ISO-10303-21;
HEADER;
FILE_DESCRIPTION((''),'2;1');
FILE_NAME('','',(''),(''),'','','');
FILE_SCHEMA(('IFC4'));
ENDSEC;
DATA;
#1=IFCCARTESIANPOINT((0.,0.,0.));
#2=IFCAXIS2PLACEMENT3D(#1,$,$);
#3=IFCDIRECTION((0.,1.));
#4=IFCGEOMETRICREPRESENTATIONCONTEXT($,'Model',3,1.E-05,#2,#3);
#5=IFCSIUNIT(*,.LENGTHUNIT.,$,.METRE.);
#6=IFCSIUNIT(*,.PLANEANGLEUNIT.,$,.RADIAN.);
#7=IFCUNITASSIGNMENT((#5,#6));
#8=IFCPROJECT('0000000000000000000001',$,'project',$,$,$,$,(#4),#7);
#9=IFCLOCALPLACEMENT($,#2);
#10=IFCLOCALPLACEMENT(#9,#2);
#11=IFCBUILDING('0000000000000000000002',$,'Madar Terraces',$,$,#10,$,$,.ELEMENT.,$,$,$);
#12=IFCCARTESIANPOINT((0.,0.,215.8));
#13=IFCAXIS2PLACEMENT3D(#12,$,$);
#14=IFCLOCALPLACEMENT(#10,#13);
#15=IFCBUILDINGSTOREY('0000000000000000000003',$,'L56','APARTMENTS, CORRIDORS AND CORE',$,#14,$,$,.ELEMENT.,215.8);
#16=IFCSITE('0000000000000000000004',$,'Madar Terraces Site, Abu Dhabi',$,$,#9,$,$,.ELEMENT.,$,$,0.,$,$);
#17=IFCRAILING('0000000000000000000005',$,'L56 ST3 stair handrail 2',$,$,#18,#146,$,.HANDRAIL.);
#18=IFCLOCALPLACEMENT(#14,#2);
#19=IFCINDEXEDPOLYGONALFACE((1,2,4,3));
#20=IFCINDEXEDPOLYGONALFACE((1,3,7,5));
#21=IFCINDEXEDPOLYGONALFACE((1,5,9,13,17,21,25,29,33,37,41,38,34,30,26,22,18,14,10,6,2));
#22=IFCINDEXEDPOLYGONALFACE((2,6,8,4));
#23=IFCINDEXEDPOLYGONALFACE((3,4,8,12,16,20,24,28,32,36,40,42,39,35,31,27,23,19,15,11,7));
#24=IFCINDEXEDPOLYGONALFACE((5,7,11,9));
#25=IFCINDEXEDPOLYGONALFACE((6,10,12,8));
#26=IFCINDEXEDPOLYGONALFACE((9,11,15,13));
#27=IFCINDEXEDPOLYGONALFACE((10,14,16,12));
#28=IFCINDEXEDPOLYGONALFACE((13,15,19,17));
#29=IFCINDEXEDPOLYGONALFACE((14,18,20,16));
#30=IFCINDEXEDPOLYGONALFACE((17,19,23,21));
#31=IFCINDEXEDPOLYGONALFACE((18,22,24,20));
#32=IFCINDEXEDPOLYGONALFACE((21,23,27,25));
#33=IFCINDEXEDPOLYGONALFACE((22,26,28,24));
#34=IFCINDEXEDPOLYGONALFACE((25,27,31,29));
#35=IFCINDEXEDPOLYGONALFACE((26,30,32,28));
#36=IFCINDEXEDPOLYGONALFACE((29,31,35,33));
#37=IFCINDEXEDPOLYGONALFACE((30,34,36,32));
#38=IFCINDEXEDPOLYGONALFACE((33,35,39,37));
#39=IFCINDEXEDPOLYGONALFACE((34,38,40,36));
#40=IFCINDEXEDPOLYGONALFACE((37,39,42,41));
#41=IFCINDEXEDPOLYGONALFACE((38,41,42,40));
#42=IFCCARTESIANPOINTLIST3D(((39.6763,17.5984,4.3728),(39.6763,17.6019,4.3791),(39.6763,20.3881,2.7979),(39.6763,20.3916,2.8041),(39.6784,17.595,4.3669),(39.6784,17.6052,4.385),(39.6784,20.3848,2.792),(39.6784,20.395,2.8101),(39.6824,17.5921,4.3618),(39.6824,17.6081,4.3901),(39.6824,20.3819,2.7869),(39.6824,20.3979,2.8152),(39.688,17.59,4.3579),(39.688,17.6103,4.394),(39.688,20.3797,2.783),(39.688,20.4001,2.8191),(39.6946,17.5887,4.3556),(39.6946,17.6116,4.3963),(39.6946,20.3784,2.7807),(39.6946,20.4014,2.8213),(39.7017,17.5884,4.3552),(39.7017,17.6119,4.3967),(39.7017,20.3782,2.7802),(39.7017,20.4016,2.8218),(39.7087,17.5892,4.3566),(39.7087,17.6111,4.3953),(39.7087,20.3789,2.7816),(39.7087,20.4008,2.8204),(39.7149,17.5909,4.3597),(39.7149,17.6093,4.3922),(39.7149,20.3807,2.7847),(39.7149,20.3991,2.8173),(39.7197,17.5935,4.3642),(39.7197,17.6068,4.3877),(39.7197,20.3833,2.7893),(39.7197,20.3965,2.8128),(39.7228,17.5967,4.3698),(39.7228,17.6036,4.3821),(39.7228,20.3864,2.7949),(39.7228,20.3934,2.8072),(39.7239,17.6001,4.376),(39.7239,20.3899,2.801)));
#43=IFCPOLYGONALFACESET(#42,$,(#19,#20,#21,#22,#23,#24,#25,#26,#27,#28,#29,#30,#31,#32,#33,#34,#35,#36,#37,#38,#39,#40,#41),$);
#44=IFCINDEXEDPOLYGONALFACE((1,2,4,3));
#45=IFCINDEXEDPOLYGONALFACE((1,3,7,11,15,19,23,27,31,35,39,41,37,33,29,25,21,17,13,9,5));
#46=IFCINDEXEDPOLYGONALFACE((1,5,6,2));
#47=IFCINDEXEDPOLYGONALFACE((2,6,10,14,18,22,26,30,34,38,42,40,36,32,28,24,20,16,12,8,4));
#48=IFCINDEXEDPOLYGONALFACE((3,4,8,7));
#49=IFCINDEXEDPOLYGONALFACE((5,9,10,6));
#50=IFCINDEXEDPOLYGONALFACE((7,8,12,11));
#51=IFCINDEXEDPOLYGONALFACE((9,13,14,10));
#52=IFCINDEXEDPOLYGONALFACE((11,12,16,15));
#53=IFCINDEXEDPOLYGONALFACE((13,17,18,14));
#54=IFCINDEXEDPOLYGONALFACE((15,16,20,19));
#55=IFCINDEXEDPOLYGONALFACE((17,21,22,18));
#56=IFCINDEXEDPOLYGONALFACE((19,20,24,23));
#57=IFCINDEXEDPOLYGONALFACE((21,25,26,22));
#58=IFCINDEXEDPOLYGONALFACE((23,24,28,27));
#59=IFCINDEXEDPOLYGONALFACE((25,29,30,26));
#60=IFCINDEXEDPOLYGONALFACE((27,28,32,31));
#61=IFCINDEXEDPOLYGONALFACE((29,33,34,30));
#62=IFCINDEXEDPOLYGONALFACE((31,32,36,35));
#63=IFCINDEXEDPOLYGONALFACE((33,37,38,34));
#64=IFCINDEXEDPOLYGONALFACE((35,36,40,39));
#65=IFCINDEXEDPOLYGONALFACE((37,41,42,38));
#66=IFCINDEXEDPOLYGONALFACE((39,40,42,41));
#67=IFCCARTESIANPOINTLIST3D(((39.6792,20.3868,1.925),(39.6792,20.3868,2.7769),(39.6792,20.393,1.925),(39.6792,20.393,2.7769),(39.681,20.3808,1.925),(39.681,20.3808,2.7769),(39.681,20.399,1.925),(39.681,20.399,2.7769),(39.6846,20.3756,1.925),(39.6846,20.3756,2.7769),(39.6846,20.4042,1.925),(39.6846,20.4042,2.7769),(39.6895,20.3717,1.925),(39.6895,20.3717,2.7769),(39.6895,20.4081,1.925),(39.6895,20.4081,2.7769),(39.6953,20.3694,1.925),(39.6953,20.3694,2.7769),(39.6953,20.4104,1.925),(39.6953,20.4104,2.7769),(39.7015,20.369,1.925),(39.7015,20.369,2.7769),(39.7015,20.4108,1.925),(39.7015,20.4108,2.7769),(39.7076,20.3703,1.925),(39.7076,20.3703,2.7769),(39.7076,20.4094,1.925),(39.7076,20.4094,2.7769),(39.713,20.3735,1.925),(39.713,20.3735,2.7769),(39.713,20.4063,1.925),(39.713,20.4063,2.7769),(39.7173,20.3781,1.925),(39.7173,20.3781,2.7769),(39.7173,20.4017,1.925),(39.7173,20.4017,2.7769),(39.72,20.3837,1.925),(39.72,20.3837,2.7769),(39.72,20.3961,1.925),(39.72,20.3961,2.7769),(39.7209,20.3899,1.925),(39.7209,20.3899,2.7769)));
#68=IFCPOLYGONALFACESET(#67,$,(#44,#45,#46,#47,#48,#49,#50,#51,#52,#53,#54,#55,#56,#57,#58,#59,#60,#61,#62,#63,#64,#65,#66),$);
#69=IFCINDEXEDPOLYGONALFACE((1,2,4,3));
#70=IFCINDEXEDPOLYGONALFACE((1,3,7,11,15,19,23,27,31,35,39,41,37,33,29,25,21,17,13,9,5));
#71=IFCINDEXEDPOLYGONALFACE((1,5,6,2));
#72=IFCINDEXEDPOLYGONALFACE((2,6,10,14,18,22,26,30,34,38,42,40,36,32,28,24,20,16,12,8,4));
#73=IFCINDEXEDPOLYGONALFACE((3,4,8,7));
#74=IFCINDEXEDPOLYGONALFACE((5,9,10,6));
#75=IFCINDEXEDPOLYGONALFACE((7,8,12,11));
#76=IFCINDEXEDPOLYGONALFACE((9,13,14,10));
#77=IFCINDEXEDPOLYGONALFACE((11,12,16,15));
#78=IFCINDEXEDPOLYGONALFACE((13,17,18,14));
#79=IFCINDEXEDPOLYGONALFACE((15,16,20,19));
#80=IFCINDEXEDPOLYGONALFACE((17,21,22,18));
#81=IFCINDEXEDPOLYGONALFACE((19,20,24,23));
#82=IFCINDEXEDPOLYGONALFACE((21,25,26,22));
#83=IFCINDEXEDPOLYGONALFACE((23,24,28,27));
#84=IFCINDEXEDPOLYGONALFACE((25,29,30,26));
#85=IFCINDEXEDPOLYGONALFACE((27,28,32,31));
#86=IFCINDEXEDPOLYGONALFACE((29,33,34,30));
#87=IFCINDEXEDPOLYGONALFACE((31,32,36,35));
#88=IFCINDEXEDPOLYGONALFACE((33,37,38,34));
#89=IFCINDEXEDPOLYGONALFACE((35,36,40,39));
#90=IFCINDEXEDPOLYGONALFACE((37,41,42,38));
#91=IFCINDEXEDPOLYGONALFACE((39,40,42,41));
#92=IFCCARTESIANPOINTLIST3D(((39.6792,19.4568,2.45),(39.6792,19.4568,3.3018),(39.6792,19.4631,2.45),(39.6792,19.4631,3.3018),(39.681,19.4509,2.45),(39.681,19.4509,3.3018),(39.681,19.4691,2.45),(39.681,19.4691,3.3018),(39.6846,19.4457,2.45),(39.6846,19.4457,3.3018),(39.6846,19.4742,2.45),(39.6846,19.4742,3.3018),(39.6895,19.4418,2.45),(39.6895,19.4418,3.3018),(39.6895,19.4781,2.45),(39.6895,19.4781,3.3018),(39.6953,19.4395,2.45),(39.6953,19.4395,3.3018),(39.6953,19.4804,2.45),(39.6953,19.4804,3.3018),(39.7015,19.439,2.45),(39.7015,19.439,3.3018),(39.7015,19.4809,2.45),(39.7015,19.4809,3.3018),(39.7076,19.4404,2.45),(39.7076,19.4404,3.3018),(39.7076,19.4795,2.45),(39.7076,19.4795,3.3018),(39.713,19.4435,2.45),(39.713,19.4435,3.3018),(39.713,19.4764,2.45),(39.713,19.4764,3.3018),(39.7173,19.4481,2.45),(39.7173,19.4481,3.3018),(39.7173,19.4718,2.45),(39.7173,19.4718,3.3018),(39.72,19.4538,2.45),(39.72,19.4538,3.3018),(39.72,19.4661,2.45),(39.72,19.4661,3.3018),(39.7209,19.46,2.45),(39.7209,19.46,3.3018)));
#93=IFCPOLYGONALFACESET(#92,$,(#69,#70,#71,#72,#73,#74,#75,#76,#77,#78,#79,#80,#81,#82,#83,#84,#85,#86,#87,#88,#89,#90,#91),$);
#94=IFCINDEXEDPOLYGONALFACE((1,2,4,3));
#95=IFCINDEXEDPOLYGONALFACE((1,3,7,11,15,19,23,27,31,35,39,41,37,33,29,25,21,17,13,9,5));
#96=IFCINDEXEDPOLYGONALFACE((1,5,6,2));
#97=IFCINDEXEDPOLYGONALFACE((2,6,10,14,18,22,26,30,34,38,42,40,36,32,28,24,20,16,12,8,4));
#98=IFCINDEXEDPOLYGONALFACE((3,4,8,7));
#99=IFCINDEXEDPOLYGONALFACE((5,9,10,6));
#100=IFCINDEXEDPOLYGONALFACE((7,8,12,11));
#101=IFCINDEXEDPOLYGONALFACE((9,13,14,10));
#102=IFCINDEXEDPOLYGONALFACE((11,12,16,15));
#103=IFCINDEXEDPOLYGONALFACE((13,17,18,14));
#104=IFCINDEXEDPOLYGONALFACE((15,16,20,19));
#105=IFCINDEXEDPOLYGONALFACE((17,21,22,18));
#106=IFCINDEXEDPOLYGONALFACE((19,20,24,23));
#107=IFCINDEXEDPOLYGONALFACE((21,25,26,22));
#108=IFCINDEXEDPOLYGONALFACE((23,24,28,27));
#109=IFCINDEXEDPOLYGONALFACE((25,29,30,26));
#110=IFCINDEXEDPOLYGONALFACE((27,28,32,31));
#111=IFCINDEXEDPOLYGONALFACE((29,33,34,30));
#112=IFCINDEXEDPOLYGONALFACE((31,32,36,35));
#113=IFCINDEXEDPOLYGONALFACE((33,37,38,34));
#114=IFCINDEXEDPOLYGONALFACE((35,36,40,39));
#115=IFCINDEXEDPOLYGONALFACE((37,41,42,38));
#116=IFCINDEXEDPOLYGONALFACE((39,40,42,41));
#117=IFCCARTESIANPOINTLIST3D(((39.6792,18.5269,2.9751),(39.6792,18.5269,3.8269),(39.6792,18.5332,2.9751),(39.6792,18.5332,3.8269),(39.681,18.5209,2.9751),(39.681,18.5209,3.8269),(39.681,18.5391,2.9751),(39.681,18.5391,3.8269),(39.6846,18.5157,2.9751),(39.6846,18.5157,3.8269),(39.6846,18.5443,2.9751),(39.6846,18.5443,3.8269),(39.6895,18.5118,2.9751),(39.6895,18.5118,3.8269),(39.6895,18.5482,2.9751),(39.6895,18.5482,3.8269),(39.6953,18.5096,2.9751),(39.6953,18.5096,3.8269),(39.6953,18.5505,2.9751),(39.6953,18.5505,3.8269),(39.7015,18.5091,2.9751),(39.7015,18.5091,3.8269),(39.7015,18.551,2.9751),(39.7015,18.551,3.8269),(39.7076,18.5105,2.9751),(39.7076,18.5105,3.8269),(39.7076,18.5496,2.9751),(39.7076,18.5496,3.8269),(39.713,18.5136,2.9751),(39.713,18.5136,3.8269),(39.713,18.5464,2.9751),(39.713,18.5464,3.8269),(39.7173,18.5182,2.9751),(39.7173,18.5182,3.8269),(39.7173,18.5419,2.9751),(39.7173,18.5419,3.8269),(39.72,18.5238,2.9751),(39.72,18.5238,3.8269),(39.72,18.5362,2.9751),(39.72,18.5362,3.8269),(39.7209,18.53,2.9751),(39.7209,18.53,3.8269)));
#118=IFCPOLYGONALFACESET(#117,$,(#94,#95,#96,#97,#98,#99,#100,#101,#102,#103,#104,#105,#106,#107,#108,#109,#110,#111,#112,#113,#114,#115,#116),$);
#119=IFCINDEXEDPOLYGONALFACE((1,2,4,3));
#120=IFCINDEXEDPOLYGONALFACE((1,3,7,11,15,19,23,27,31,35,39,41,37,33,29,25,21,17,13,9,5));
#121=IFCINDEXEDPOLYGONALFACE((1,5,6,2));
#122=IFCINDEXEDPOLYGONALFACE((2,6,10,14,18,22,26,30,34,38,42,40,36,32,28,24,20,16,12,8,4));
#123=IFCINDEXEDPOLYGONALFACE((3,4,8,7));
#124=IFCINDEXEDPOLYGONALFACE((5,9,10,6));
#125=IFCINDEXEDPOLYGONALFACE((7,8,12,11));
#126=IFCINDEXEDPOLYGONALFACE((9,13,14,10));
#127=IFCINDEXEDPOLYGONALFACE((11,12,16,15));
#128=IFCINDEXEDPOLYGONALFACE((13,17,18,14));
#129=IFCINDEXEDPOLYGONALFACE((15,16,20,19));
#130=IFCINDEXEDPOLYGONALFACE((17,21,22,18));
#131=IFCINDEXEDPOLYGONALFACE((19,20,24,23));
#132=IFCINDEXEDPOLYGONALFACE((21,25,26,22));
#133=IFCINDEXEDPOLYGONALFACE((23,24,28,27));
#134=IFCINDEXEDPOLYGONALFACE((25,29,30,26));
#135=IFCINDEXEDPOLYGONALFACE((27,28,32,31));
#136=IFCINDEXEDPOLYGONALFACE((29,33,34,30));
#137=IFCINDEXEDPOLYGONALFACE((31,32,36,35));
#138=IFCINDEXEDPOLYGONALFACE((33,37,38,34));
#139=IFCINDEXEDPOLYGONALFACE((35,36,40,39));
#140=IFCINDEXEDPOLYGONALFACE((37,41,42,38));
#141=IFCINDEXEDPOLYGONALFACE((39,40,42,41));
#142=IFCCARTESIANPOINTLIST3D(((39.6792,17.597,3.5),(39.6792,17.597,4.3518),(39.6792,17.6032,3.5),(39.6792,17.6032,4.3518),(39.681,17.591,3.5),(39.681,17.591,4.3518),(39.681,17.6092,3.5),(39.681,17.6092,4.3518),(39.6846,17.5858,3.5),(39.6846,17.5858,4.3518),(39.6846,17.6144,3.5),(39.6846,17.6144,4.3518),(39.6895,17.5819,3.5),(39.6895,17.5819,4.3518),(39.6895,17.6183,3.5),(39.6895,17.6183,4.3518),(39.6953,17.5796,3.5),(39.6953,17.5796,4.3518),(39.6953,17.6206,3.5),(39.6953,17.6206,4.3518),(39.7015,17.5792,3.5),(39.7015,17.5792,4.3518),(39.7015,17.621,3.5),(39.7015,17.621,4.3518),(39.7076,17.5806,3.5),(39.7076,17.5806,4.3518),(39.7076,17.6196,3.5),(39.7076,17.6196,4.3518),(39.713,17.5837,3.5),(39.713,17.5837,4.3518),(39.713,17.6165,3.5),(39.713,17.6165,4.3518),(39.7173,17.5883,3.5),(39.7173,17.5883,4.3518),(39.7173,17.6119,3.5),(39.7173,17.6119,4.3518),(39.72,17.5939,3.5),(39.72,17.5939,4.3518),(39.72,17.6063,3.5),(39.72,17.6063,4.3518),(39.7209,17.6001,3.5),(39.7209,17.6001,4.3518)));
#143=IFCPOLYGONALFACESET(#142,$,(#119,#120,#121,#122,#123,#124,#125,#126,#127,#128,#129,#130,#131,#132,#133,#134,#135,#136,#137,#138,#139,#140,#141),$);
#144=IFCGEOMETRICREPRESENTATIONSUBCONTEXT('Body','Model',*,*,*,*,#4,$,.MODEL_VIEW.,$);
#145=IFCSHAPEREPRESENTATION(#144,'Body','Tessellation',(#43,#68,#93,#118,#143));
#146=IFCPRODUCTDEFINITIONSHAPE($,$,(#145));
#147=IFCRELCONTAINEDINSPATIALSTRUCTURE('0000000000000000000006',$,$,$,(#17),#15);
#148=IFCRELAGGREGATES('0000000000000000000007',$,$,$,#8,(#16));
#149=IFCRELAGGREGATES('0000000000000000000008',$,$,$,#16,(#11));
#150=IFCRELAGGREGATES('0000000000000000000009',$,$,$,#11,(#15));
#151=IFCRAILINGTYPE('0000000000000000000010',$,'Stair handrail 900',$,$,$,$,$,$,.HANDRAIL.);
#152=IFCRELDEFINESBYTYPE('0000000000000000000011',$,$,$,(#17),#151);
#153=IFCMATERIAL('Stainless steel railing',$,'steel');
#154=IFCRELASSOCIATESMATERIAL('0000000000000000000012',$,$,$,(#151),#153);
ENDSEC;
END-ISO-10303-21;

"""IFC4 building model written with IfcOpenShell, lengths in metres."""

from ifc_helpers import new_model, si_unit, direction, frame, origin, origin_2d, place, context, subcontext, project, spatial, circle, extrude, material, type_object, element, save


model = new_model("IFC4")

# Units and contexts
model_context = context("Model", 3, precision=1e-05, world=origin(), true_north=direction((0.0, 1.0)))
body_context = subcontext(model_context, "Body", "Model", "MODEL_VIEW")
ifc_project = project(units=[si_unit("LENGTHUNIT", "METRE"), si_unit("PLANEANGLEUNIT", "RADIAN")], contexts=[model_context])

# Site, building, storey
site_placement = place(None, origin())
site = spatial("IfcSite", under=ifc_project, at=site_placement, Name="Madar Terraces Site, Abu Dhabi", CompositionType="ELEMENT", RefElevation=0.0)
building_placement = place(site_placement, origin())
building = spatial("IfcBuilding", under=site, at=building_placement, Name="Madar Terraces", CompositionType="ELEMENT")
storey_placement = place(building_placement, frame((0.0, 0.0, 215.8)))
storey = spatial("IfcBuildingStorey", under=building, at=storey_placement, Name="L56", Description="APARTMENTS, CORRIDORS AND CORE", CompositionType="ELEMENT", Elevation=215.8)

# Railing
ifc_material_1 = material(Name="Stainless steel railing", Category="steel")
railing_type_1 = type_object("IfcRailingType", Name="Stair handrail 900", PredefinedType="HANDRAIL", material=ifc_material_1)
railing_1_placement = place(storey_placement, frame((39.7, 20.3899, 1.925)))
element("IfcRailing", 1, at=railing_1_placement, inside=storey, type_object=railing_type_1, Name="L56 ST3 stair handrail 2", PredefinedType="HANDRAIL", context=body_context, shape_type="SweptSolid", body=[
    extrude(circle(Radius=0.0239, at=origin_2d()), frame((0.0, 0.0, 0.876), z_axis=(0.0, -0.870815, 0.49161), x_axis=(1.0, 0.0, 0.0)), (0.0, 0.0, 1.0), 3.2036),
    extrude(circle(Radius=0.021, at=origin_2d()), origin(), (0.0, 0.0, 1.0), 0.8518),
    extrude(circle(Radius=0.021, at=origin_2d()), frame((0.0, -0.9299, 0.5249)), (0.0, 0.0, 1.0), 0.8518),
    extrude(circle(Radius=0.021, at=origin_2d()), frame((0.0, -1.8599, 1.05)), (0.0, 0.0, 1.0), 0.8518),
    extrude(circle(Radius=0.021, at=origin_2d()), frame((0.0, -2.7898, 1.575)), (0.0, 0.0, 1.0), 0.8518),
])

save(model, "model.ifc")
